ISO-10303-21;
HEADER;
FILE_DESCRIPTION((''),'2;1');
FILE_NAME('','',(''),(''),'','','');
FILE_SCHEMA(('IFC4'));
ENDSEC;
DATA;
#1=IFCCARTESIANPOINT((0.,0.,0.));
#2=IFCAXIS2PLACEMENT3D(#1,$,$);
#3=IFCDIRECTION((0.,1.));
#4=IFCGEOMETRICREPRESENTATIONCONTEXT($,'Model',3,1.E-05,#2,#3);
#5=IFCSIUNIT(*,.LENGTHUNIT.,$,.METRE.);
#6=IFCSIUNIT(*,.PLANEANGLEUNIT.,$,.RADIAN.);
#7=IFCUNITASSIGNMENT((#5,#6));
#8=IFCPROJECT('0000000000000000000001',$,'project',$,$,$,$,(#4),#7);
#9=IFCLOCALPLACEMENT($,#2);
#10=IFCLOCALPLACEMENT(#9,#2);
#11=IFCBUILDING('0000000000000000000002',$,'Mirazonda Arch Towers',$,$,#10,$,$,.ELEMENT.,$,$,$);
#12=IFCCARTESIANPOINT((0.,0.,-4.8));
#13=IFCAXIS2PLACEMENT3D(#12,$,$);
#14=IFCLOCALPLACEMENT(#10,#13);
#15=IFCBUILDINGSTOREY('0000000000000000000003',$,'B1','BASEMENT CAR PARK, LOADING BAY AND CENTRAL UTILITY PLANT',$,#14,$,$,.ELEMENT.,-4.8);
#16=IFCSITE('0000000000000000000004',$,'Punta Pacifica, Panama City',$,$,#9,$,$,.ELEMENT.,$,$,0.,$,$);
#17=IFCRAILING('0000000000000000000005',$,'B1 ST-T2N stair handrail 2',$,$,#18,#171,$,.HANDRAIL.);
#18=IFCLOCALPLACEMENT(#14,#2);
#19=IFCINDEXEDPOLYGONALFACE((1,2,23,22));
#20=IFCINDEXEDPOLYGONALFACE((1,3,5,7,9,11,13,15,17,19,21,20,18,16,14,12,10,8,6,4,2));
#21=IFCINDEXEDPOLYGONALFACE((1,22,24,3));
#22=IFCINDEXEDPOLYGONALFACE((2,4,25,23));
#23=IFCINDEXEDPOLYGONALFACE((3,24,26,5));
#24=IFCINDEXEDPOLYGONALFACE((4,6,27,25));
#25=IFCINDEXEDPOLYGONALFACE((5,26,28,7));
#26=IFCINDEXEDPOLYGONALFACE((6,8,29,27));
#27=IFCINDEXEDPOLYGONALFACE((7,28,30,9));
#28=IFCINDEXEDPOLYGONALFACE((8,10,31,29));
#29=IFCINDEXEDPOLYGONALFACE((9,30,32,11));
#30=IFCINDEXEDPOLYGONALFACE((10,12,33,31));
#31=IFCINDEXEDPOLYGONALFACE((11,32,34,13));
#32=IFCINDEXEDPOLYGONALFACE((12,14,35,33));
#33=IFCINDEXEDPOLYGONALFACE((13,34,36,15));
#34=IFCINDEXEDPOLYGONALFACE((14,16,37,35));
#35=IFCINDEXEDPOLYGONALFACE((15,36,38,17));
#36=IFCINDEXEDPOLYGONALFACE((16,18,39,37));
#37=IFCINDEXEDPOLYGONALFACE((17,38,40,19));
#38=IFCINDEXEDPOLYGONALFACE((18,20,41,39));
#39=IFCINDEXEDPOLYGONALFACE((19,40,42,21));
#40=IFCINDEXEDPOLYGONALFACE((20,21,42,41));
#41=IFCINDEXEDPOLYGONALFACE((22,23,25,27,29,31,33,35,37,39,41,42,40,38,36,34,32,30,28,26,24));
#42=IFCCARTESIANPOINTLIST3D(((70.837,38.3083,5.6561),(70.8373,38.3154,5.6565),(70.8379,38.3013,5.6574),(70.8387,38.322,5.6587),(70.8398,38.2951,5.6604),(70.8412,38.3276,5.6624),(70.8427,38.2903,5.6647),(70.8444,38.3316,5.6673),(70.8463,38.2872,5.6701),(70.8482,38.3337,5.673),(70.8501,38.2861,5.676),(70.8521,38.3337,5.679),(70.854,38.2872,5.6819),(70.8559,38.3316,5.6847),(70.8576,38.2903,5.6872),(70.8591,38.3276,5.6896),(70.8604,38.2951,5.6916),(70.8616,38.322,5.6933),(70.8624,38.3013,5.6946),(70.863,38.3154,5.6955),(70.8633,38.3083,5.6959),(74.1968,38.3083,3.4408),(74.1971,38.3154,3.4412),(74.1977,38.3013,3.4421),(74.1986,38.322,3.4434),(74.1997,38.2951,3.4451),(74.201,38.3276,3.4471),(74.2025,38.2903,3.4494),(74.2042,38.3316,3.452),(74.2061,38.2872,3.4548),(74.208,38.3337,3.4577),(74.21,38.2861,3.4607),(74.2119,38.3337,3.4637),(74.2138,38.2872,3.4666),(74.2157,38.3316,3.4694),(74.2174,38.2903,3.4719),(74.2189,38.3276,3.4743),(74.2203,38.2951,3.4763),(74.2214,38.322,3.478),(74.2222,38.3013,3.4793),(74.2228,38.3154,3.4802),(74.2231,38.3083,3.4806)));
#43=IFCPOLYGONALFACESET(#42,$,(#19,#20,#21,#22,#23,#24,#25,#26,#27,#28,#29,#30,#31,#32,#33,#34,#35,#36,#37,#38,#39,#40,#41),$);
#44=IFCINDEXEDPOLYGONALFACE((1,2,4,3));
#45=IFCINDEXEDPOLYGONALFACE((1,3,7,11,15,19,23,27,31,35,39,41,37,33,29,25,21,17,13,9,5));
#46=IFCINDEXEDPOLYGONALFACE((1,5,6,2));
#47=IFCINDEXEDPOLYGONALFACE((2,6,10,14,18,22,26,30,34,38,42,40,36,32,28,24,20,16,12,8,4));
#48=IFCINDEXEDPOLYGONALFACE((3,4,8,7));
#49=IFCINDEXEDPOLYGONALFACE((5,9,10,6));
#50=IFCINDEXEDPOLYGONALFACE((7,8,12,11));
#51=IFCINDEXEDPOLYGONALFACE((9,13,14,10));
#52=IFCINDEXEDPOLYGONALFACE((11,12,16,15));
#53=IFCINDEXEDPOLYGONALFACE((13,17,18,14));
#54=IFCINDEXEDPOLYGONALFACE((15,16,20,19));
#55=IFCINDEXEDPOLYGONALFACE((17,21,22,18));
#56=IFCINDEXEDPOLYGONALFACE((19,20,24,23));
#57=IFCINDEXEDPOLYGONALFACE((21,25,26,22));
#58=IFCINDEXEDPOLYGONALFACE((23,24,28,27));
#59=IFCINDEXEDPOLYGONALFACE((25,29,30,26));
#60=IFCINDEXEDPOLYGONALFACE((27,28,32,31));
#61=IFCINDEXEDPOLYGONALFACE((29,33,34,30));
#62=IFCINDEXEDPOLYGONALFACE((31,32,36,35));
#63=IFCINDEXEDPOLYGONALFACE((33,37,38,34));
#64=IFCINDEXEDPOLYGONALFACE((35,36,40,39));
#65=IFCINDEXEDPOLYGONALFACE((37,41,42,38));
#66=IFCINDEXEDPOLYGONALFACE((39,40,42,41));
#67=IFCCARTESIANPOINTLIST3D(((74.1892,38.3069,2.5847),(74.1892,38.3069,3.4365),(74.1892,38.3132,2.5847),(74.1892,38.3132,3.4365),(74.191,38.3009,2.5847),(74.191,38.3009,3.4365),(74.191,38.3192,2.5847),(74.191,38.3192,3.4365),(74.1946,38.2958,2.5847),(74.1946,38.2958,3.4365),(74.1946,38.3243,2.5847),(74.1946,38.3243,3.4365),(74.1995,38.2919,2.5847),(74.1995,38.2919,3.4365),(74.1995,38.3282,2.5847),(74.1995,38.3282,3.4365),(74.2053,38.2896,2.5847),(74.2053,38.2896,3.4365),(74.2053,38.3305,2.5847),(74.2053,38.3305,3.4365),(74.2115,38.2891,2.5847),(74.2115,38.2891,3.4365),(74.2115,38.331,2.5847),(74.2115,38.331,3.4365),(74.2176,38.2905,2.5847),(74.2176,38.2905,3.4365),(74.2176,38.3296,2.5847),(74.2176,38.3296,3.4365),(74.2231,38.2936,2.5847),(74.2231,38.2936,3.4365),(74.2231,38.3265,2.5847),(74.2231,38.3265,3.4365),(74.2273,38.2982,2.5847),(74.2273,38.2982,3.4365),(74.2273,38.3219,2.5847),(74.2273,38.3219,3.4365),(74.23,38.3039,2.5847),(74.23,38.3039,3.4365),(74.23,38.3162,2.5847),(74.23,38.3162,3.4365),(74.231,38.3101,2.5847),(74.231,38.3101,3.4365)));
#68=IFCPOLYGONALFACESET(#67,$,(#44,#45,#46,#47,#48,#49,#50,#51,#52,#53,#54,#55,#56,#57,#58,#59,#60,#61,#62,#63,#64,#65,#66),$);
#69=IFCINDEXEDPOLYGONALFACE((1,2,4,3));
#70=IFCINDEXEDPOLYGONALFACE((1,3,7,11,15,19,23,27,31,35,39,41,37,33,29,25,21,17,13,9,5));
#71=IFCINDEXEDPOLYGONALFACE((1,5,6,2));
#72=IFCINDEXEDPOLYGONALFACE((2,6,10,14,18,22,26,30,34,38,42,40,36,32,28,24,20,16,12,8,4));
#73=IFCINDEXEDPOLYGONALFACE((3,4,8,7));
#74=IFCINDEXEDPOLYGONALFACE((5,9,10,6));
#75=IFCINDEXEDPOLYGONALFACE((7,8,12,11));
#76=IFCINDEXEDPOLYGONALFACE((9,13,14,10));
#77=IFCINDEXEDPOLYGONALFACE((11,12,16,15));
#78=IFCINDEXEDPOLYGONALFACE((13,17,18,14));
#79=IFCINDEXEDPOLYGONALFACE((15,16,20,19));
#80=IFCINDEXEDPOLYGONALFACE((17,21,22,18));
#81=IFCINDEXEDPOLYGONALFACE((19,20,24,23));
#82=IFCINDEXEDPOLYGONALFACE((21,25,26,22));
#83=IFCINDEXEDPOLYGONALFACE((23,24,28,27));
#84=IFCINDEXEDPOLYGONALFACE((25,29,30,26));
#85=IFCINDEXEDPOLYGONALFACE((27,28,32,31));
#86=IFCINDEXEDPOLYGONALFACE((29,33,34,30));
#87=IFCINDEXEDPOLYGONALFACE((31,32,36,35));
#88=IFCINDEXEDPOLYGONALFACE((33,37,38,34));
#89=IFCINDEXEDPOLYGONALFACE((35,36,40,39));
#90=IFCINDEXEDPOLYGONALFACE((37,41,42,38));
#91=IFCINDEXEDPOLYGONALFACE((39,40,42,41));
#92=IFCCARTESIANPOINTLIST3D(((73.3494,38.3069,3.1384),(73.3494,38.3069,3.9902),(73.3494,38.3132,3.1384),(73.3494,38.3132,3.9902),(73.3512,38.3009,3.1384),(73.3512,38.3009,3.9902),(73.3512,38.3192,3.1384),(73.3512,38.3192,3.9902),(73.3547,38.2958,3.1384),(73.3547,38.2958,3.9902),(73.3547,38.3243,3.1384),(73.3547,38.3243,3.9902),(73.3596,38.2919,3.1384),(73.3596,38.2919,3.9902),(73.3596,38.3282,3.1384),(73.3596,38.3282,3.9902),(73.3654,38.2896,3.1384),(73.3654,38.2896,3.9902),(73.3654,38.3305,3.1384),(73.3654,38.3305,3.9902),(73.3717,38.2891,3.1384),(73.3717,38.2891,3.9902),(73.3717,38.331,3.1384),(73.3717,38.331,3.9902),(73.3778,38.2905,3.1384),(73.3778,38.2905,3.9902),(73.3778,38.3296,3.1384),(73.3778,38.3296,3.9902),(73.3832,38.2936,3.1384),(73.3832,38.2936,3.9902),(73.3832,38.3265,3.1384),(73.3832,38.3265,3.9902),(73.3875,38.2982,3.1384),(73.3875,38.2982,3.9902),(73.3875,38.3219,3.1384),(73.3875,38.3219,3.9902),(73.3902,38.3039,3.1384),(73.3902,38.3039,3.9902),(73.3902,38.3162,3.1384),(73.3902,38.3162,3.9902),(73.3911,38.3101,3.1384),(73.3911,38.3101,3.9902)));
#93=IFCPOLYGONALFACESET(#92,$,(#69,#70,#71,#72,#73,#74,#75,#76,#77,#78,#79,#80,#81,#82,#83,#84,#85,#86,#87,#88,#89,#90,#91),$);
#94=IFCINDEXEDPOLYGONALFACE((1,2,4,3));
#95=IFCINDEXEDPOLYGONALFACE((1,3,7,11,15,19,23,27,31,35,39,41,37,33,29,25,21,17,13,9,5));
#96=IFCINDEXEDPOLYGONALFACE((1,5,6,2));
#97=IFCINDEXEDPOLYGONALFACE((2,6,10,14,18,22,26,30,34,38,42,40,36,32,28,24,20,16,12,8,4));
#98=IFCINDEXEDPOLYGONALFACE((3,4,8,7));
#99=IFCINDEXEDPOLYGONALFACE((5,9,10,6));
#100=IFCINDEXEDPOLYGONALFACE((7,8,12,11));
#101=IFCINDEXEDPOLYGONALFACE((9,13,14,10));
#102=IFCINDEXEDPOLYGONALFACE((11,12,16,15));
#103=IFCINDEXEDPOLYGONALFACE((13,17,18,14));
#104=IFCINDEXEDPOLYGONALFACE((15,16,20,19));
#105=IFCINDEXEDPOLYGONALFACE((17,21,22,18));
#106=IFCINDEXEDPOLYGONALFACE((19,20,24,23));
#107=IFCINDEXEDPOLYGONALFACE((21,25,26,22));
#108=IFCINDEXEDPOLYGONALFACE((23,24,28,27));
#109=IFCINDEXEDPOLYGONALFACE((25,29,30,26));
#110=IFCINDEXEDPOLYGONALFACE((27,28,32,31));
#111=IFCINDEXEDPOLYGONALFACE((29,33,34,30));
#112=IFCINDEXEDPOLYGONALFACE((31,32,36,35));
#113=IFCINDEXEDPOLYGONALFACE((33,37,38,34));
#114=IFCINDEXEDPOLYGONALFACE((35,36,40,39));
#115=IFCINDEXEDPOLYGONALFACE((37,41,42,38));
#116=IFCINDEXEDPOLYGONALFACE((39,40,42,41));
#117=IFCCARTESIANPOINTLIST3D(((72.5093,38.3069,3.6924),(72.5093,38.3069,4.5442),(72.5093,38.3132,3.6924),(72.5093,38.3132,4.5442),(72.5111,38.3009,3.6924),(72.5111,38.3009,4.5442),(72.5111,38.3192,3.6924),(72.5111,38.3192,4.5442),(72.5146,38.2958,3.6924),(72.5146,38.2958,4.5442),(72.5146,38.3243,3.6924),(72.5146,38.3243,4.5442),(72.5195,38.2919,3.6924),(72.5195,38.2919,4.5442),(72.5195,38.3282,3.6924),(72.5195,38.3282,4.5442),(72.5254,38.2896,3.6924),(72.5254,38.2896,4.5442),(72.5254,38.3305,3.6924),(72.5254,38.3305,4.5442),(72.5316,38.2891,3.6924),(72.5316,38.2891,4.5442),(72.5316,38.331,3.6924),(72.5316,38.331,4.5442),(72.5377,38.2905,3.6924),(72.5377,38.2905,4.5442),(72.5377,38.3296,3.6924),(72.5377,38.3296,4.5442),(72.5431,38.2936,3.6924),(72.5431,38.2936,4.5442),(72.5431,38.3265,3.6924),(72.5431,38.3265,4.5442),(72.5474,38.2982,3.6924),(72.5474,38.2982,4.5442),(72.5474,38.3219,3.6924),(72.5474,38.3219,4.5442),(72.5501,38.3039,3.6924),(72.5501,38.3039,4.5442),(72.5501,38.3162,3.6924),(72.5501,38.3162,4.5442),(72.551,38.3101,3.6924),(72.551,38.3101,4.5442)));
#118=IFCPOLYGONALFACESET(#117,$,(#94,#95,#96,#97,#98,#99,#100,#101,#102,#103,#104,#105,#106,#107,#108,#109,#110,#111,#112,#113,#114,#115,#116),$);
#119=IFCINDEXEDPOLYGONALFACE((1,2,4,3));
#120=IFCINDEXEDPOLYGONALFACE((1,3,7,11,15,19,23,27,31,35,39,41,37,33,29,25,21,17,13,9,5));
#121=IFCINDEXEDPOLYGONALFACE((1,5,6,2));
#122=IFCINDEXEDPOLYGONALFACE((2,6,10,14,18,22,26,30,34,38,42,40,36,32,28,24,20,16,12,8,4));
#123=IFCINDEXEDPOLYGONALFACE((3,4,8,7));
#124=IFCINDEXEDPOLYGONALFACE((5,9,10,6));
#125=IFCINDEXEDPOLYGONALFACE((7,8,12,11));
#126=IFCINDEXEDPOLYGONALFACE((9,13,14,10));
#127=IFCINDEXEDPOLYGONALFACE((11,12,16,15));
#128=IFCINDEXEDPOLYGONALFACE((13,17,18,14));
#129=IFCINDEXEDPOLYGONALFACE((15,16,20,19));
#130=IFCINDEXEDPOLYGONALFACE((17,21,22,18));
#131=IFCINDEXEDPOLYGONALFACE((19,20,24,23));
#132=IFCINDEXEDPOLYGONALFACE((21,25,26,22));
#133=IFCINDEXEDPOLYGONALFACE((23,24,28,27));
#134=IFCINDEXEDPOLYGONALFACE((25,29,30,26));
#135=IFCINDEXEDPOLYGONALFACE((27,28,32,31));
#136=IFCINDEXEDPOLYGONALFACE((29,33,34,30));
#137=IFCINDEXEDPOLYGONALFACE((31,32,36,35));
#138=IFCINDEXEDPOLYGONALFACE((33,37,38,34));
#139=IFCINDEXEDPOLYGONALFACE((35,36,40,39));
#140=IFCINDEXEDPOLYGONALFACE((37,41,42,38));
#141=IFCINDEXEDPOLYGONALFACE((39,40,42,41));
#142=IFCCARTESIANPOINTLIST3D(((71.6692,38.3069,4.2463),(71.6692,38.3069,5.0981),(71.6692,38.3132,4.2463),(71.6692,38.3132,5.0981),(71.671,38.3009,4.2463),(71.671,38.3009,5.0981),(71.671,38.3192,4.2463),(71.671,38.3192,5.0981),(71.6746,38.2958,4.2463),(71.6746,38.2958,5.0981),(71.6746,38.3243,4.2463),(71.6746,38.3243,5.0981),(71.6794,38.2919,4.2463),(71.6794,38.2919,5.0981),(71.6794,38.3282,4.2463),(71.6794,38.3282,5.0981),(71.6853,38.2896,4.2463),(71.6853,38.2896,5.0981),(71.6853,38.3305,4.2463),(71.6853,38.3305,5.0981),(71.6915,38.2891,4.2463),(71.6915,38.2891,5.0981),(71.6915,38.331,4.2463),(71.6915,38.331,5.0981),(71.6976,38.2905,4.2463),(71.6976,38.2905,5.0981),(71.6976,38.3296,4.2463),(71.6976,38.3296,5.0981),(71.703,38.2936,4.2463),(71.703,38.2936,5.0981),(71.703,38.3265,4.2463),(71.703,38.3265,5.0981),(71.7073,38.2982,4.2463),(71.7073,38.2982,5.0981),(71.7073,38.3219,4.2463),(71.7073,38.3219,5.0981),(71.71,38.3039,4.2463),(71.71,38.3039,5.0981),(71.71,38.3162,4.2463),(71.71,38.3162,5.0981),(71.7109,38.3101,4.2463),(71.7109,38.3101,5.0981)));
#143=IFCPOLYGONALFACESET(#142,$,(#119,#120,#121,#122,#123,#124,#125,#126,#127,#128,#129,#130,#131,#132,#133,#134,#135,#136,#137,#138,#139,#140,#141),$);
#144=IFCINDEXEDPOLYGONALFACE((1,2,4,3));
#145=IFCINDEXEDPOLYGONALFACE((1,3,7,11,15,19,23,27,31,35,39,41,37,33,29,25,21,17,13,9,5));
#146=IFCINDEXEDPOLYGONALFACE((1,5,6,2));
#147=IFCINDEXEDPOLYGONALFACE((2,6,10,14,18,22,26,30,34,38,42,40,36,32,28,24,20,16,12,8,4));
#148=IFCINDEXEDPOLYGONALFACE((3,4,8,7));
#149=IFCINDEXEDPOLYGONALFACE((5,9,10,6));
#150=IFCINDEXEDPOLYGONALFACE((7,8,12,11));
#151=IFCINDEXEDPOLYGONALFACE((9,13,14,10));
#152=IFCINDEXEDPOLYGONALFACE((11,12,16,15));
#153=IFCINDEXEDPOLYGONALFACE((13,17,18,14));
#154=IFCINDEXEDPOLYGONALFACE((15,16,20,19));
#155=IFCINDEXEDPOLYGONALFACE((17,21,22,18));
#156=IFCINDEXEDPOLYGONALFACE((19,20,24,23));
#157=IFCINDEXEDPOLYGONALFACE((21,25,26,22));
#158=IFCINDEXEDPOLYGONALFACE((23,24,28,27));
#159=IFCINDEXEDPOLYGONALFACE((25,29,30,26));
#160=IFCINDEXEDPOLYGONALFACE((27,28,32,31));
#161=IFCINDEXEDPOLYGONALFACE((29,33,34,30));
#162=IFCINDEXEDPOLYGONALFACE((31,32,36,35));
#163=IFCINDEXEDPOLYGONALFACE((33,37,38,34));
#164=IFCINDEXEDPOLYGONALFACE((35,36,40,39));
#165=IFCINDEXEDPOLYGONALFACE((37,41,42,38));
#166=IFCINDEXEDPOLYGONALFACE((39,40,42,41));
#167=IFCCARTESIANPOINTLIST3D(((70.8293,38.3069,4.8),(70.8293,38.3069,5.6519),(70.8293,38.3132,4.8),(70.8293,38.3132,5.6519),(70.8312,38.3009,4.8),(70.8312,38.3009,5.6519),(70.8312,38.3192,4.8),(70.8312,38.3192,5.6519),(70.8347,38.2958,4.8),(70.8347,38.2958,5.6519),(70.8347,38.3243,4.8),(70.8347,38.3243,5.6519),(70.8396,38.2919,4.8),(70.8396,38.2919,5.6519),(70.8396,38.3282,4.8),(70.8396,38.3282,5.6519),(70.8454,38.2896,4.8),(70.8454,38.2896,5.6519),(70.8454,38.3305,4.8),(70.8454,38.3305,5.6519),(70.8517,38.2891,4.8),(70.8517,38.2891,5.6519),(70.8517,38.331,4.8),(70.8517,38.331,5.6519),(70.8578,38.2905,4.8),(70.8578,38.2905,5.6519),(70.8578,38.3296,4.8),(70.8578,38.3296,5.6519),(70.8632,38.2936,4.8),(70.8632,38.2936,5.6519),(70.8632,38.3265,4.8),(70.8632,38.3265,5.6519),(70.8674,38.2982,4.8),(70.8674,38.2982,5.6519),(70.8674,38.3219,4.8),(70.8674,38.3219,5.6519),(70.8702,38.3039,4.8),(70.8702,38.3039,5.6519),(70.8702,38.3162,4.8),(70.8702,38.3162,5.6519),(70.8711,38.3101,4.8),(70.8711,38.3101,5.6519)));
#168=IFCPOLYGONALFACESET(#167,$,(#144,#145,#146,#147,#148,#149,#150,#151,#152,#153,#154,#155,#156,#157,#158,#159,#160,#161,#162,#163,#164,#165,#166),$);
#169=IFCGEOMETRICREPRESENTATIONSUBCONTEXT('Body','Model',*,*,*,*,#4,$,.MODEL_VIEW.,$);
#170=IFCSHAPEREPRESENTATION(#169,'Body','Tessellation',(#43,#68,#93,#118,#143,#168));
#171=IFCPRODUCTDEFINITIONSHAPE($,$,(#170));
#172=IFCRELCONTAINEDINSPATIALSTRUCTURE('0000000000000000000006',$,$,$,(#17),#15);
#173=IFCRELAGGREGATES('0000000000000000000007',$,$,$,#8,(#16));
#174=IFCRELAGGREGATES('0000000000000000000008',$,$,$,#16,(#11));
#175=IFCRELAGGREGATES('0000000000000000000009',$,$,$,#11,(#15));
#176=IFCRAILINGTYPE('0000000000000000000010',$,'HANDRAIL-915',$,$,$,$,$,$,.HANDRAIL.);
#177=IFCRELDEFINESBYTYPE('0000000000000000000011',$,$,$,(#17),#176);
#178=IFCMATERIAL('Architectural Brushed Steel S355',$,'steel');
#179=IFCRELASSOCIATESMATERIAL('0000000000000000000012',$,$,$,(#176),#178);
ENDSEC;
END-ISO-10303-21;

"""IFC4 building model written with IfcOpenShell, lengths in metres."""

from ifc_helpers import new_model, si_unit, direction, frame, origin, origin_2d, place, context, subcontext, project, spatial, circle, extrude, material, type_object, element, save


model = new_model("IFC4")

# Units and contexts
model_context = context("Model", 3, precision=1e-05, world=origin(), true_north=direction((0.0, 1.0)))
body_context = subcontext(model_context, "Body", "Model", "MODEL_VIEW")
ifc_project = project(units=[si_unit("LENGTHUNIT", "METRE"), si_unit("PLANEANGLEUNIT", "RADIAN")], contexts=[model_context])

# Site, building, storey
site_placement = place(None, origin())
site = spatial("IfcSite", under=ifc_project, at=site_placement, Name="Punta Pacifica, Panama City", CompositionType="ELEMENT", RefElevation=0.0)
building_placement = place(site_placement, origin())
building = spatial("IfcBuilding", under=site, at=building_placement, Name="Mirazonda Arch Towers", CompositionType="ELEMENT")
storey_placement = place(building_placement, frame((0.0, 0.0, -4.8)))
storey = spatial("IfcBuildingStorey", under=building, at=storey_placement, Name="B1", Description="BASEMENT CAR PARK, LOADING BAY AND CENTRAL UTILITY PLANT", CompositionType="ELEMENT", Elevation=-4.8)

# Shared definitions
ifc_material_1 = material(Name="Architectural Brushed Steel S355", Category="steel")

# Railing
railing_type_1 = type_object("IfcRailingType", Name="HANDRAIL-915", PredefinedType="HANDRAIL", material=ifc_material_1)
railing_1_placement = place(storey_placement, frame((74.21, 38.3101, 2.5847)))
element("IfcRailing", 1, at=railing_1_placement, inside=storey, type_object=railing_type_1, Name="B1 ST-T2N stair handrail 2", PredefinedType="HANDRAIL", context=body_context, shape_type="SweptSolid", body=[
    extrude(circle(Radius=0.0239, at=origin_2d()), frame((0.0, 0.0, 0.876), z_axis=(-0.834858, 0.0, 0.550465), x_axis=(0.0, -1.0, 0.0)), (0.0, 0.0, 1.0), 4.0244),
    extrude(circle(Radius=0.021, at=origin_2d()), origin(), (0.0, 0.0, 1.0), 0.8518),
    extrude(circle(Radius=0.021, at=origin_2d()), frame((-0.8398, 0.0, 0.5537)), (0.0, 0.0, 1.0), 0.8518),
    extrude(circle(Radius=0.021, at=origin_2d()), frame((-1.6799, 0.0, 1.1077)), (0.0, 0.0, 1.0), 0.8518),
    extrude(circle(Radius=0.021, at=origin_2d()), frame((-2.52, 0.0, 1.6616)), (0.0, 0.0, 1.0), 0.8518),
    extrude(circle(Radius=0.021, at=origin_2d()), frame((-3.3599, 0.0, 2.2153)), (0.0, 0.0, 1.0), 0.8518),
])

save(model, "model.ifc")
